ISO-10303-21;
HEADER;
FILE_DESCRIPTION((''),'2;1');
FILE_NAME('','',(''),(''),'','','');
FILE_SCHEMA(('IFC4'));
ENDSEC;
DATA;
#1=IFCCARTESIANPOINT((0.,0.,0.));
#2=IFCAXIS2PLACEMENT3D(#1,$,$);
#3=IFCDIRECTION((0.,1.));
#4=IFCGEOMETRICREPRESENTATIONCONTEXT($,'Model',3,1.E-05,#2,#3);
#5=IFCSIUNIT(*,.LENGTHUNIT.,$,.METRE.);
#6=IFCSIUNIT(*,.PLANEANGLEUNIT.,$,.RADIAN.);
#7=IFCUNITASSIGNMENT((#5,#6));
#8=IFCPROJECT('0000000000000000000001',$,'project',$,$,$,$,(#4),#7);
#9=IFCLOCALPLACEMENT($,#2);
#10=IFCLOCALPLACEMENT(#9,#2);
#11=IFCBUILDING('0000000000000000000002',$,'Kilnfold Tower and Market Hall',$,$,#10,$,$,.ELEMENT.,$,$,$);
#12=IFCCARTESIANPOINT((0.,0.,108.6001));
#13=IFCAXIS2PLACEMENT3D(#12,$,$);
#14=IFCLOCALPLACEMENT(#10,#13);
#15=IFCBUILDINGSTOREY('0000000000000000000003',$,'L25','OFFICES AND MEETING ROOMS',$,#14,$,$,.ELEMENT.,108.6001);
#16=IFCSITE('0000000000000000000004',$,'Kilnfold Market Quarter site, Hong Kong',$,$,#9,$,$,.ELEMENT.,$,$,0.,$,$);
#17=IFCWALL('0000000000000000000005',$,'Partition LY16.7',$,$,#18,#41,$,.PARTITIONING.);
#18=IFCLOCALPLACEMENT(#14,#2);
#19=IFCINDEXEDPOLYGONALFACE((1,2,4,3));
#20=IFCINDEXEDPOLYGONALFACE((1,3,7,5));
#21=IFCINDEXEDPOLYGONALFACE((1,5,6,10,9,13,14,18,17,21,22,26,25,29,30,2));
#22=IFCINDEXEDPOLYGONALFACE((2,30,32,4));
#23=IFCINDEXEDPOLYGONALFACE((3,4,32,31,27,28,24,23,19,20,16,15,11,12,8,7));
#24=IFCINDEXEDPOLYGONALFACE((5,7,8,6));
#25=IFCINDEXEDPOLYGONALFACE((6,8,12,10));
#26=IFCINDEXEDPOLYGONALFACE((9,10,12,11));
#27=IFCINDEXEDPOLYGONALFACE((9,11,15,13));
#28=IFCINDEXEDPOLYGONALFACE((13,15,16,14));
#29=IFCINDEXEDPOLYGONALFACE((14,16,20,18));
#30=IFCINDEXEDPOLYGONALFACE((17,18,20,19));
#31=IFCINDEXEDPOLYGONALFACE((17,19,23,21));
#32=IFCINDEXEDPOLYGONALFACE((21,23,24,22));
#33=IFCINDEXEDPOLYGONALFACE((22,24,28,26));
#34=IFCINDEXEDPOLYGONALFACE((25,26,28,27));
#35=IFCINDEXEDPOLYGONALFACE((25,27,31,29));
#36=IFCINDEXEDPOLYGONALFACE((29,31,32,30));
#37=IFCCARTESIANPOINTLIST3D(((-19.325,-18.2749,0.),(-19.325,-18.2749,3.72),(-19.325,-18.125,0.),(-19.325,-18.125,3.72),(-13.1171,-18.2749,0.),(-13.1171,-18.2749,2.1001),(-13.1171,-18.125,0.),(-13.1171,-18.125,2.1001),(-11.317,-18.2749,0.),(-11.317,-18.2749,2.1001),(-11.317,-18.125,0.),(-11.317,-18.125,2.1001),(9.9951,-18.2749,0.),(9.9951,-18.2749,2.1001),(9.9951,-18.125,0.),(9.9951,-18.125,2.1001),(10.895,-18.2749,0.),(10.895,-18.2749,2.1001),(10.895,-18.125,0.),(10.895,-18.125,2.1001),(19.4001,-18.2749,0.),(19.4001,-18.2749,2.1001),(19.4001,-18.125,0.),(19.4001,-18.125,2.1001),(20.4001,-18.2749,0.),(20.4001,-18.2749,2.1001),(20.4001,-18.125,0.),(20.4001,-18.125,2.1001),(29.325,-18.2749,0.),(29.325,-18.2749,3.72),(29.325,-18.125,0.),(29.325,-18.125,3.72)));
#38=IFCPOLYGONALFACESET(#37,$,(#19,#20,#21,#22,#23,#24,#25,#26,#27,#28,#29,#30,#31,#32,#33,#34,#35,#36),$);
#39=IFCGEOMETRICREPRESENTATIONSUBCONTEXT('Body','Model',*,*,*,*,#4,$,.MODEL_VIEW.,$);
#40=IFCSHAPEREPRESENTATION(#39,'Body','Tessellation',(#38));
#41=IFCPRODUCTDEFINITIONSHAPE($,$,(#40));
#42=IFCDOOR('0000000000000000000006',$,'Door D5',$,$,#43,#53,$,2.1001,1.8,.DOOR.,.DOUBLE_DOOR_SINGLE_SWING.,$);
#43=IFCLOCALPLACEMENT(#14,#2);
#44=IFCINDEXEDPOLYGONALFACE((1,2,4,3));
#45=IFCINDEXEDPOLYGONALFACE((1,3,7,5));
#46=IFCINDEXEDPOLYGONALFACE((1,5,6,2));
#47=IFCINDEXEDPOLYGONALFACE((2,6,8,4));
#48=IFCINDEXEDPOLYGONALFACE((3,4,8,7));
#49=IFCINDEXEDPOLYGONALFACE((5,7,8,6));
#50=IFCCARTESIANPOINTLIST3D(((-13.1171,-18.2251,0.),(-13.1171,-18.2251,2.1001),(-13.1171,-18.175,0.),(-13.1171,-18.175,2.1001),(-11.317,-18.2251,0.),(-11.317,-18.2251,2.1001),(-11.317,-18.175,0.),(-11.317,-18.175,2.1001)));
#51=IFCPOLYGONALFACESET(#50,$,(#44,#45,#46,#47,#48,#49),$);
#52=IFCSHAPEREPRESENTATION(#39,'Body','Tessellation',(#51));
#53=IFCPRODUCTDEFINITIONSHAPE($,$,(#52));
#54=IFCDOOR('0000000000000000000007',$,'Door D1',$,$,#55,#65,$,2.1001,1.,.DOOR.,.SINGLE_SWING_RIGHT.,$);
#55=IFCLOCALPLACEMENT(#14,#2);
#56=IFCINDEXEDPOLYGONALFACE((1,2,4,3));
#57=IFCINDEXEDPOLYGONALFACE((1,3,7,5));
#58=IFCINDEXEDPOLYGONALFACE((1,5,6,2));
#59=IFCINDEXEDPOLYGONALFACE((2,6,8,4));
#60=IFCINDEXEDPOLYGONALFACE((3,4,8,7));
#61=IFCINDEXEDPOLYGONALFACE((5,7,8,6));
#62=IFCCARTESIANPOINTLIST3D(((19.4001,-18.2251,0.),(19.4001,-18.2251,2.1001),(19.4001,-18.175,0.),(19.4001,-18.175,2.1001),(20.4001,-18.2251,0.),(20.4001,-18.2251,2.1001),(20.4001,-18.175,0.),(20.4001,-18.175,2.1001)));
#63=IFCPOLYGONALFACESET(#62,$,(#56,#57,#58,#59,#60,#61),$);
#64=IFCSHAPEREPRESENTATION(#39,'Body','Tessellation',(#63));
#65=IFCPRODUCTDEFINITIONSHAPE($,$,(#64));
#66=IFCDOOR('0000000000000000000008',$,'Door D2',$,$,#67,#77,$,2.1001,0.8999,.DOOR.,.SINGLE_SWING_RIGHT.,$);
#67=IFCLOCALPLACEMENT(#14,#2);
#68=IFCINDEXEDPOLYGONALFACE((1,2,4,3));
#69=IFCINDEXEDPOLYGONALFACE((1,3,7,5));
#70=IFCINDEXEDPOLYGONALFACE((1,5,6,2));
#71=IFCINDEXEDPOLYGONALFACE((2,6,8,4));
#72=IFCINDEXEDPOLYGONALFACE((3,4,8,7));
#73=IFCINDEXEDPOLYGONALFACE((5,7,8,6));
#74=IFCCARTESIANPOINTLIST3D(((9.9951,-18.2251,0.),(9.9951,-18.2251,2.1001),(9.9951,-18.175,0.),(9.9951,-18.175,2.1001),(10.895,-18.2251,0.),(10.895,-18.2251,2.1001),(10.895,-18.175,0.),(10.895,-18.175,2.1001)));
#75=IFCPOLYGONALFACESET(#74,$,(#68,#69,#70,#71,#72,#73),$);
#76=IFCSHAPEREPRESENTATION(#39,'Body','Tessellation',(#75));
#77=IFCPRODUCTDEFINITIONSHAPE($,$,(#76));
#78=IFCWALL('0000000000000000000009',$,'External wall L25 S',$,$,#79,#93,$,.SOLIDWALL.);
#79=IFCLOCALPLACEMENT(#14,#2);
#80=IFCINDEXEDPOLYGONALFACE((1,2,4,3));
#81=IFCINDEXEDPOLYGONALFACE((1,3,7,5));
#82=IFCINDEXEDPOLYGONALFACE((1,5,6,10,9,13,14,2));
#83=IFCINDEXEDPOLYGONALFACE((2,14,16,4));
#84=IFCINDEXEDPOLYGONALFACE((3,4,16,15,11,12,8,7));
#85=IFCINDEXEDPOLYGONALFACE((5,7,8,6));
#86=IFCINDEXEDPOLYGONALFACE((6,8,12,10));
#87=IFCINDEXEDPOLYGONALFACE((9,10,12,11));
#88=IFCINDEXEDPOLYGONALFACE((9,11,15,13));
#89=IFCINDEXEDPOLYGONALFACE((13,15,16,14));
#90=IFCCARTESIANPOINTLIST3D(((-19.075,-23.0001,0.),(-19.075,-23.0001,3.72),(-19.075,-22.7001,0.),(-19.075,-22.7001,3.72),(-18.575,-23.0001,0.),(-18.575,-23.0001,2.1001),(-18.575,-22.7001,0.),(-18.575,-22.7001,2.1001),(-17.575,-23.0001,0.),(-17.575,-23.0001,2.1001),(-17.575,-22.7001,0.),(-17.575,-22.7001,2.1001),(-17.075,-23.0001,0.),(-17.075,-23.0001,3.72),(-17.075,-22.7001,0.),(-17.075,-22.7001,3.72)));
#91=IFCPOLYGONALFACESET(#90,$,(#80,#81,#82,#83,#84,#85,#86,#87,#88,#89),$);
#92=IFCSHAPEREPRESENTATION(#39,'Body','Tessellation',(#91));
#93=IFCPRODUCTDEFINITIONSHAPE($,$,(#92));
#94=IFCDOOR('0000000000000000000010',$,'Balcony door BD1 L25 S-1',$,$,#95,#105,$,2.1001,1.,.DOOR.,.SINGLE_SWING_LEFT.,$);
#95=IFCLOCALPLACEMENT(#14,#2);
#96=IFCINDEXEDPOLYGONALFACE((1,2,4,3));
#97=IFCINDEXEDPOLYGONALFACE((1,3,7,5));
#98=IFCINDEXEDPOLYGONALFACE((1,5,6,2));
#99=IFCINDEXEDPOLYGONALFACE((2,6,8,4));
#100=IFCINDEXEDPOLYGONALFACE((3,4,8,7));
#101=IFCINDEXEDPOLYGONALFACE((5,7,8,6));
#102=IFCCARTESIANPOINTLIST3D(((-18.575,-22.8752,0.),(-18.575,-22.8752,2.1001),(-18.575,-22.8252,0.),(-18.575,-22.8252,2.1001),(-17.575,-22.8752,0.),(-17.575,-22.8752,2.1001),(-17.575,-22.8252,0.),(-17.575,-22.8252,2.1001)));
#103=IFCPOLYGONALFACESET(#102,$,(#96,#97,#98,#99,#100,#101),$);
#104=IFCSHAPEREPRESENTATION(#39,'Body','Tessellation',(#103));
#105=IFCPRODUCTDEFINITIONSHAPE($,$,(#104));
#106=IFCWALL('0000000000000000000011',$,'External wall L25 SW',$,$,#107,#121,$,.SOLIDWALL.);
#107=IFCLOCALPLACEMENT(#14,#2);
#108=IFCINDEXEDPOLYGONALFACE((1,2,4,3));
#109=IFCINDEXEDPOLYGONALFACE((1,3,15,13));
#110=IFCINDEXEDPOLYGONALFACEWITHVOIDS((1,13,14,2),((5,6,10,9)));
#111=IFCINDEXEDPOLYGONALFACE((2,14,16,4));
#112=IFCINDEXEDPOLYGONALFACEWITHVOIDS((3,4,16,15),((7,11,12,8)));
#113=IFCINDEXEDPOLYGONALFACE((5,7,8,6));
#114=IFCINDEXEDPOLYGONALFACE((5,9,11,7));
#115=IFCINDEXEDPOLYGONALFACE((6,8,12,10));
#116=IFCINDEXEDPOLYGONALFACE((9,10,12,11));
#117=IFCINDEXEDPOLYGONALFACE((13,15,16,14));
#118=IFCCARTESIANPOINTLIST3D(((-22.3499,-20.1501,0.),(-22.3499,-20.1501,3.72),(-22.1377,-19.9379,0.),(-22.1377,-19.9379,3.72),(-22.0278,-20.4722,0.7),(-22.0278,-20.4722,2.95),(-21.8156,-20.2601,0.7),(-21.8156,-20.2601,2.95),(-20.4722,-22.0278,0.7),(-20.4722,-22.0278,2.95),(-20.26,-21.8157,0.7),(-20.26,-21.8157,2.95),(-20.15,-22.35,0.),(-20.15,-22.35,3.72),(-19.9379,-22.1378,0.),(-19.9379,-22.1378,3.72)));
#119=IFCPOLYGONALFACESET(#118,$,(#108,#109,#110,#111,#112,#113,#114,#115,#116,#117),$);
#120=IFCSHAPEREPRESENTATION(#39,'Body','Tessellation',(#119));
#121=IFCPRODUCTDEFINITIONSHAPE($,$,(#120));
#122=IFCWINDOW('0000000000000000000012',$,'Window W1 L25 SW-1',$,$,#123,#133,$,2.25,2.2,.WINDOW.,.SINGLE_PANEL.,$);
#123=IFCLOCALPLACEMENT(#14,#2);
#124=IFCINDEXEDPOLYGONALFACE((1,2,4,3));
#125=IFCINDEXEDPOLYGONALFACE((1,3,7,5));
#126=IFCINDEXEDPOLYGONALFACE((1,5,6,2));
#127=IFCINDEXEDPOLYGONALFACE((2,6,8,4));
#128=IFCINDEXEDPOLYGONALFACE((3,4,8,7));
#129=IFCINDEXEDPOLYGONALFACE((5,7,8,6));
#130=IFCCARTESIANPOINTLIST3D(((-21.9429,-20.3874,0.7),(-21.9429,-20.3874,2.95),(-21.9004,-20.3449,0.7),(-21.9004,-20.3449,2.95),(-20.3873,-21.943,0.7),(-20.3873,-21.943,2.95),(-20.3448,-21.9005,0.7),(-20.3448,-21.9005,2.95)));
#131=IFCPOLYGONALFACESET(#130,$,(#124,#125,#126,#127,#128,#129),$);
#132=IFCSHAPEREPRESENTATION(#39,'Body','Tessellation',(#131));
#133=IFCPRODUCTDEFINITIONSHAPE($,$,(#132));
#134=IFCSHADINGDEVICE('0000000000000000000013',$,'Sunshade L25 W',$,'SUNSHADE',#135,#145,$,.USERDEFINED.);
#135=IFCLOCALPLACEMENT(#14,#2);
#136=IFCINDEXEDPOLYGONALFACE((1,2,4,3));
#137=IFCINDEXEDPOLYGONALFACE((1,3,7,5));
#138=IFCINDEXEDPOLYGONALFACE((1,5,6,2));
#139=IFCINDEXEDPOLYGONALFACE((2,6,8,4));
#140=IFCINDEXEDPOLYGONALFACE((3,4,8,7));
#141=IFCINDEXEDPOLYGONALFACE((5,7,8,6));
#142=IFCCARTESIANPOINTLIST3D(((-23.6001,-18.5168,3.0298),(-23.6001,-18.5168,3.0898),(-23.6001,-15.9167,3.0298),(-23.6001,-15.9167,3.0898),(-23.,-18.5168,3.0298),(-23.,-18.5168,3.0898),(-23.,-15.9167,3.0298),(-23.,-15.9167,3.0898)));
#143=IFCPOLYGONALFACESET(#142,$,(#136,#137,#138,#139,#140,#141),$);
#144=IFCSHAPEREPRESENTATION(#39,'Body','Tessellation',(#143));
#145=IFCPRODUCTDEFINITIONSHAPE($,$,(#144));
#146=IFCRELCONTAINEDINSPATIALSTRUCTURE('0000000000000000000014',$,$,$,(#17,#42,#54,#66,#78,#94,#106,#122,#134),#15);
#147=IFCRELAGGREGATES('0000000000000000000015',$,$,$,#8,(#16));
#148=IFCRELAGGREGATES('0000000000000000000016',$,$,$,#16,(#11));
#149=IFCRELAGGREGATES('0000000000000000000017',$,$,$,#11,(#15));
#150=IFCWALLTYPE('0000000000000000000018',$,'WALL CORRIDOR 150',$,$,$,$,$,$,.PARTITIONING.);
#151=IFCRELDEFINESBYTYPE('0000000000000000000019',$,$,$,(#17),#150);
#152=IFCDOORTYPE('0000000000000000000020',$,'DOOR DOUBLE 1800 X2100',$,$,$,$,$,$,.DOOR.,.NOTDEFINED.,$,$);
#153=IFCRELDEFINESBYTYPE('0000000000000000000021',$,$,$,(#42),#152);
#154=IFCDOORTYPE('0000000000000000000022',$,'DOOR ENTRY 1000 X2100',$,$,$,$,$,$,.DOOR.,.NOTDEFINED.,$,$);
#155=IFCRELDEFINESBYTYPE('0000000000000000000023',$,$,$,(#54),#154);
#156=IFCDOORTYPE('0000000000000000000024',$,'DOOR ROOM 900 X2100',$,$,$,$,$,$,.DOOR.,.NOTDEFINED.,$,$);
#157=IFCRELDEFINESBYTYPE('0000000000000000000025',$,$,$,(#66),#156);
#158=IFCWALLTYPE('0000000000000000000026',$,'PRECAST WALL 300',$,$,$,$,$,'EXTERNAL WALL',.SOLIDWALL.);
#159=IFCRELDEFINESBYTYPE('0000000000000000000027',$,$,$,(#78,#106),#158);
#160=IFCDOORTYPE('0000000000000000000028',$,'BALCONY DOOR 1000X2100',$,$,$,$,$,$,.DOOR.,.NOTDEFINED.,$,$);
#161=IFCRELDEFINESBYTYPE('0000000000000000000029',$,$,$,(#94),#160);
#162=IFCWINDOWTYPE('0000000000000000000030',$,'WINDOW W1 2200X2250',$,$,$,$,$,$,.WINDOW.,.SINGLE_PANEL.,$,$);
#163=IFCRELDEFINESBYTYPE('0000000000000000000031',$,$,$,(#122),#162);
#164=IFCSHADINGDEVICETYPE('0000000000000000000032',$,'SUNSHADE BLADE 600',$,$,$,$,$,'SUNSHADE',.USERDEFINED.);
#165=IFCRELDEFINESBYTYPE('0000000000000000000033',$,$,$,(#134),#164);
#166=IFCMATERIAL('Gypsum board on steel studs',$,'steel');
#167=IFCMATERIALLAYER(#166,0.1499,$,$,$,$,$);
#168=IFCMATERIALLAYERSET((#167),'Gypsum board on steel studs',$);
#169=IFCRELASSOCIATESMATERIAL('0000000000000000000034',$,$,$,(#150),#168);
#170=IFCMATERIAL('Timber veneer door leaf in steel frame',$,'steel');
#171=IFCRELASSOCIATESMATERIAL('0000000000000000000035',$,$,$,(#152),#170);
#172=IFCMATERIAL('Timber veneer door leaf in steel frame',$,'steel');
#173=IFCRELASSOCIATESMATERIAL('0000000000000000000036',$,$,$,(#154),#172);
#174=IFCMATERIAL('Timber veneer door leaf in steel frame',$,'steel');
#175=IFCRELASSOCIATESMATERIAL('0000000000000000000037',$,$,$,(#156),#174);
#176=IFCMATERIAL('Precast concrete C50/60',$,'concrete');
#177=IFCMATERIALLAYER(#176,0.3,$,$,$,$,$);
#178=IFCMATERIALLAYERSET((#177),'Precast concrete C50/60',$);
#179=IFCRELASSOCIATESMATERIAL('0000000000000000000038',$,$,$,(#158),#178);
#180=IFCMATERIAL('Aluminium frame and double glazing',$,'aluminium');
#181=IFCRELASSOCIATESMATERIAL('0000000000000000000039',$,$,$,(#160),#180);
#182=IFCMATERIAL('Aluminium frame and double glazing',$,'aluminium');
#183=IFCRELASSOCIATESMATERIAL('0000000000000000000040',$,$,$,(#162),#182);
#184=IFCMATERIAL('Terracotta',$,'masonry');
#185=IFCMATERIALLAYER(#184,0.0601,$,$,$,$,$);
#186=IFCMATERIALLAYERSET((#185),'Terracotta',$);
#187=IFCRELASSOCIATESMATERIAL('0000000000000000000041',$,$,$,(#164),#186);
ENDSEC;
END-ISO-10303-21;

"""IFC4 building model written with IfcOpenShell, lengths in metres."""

from ifc_helpers import new_model, si_unit, direction, frame, frame_2d, origin, origin_2d, place, context, subcontext, project, spatial, rectangle, extrude, source, transform, mapped, material, layer, layer_set, type_object, element, fill, save


model = new_model("IFC4")

# Units and contexts
model_context = context("Model", 3, precision=1e-05, world=origin(), true_north=direction((0.0, 1.0)))
body_context = subcontext(model_context, "Body", "Model", "MODEL_VIEW")
ifc_project = project(units=[si_unit("LENGTHUNIT", "METRE"), si_unit("PLANEANGLEUNIT", "RADIAN")], contexts=[model_context])

# Site, building, storey
site_placement = place(None, origin())
site = spatial("IfcSite", under=ifc_project, at=site_placement, Name="Kilnfold Market Quarter site, Hong Kong", CompositionType="ELEMENT", RefElevation=0.0)
building_placement = place(site_placement, origin())
building = spatial("IfcBuilding", under=site, at=building_placement, Name="Kilnfold Tower and Market Hall", CompositionType="ELEMENT")
storey_placement = place(building_placement, frame((0.0, 0.0, 108.6001)))
storey = spatial("IfcBuildingStorey", under=building, at=storey_placement, Name="L25", Description="OFFICES AND MEETING ROOMS", CompositionType="ELEMENT", Elevation=108.6001)

# Wall, openings, doors
ifc_material_1 = material(Name="Gypsum board on steel studs", Category="steel")
ifc_layer_1 = layer(ifc_material_1, 0.1499)
ifc_layer_set_1 = layer_set([ifc_layer_1], Name="Gypsum board on steel studs")
wall_type_1 = type_object("IfcWallType", Name="WALL CORRIDOR 150", PredefinedType="PARTITIONING", material=ifc_layer_set_1)
wall_1_placement = place(storey_placement, frame((-19.325, -18.2, 0.0), z_axis=(0.0, 0.0, 1.0), x_axis=(1.0, 0.0, 0.0)))
wall_1 = element("IfcWall", 1, at=wall_1_placement, inside=storey, type_object=wall_type_1, Name="Partition LY16.7", PredefinedType="PARTITIONING", context=body_context, shape_type="SweptSolid", body=[
    extrude(rectangle(XDim=48.6499, YDim=0.1499, at=frame_2d((24.325, 0.0))), origin(), (0.0, 0.0, 1.0), 3.72),
])
opening_1_placement = place(wall_1_placement, frame((6.208, 0.0, 0.0)))
opening_1 = element("IfcOpeningElement", 2, at=opening_1_placement, cuts=wall_1, PredefinedType="OPENING", context=body_context, shape_type="SweptSolid", body=[
    extrude(rectangle(XDim=1.8, YDim=2.1001, at=frame_2d((0.8999, 1.05))), frame((0.0, 0.085, 0.0), z_axis=(0.0, -1.0, 0.0), x_axis=(1.0, 0.0, 0.0)), (0.0, 0.0, 1.0), 0.1699),
])
opening_2_placement = place(wall_1_placement, frame((29.3201, 0.0, 0.0)))
opening_2 = element("IfcOpeningElement", 3, at=opening_2_placement, cuts=wall_1, PredefinedType="OPENING", context=body_context, shape_type="SweptSolid", body=[
    extrude(rectangle(XDim=0.8999, YDim=2.1001, at=frame_2d((0.45, 1.05))), frame((0.0, 0.085, 0.0), z_axis=(0.0, -1.0, 0.0), x_axis=(1.0, 0.0, 0.0)), (0.0, 0.0, 1.0), 0.1699),
])
opening_3_placement = place(wall_1_placement, frame((38.7251, 0.0, 0.0)))
opening_3 = element("IfcOpeningElement", 4, at=opening_3_placement, cuts=wall_1, PredefinedType="OPENING", context=body_context, shape_type="SweptSolid", body=[
    extrude(rectangle(XDim=1.0, YDim=2.1001, at=frame_2d((0.5, 1.05))), frame((0.0, 0.085, 0.0), z_axis=(0.0, -1.0, 0.0), x_axis=(1.0, 0.0, 0.0)), (0.0, 0.0, 1.0), 0.1699),
])
ifc_material_2 = material(Name="Timber veneer door leaf in steel frame", Category="steel")
door_type_1 = type_object("IfcDoorType", Name="DOOR DOUBLE 1800 X2100", OperationType="NOTDEFINED", PredefinedType="DOOR", material=ifc_material_2)
door_1_placement = place(opening_1_placement, origin())
door_1 = element("IfcDoor", 5, at=door_1_placement, inside=storey, type_object=door_type_1, Name="Door D5", OperationType="DOUBLE_DOOR_SINGLE_SWING", OverallHeight=2.1001, OverallWidth=1.8, PredefinedType="DOOR", context=body_context, shape_type="SweptSolid", body=[
    extrude(rectangle(XDim=1.8, YDim=2.1001, at=frame_2d((0.8999, 1.05))), frame((0.0, 0.0249, 0.0), z_axis=(0.0, -1.0, 0.0), x_axis=(1.0, 0.0, 0.0)), (0.0, 0.0, 1.0), 0.05),
])
fill(opening_1, door_1)
ifc_material_3 = material(Name="Timber veneer door leaf in steel frame", Category="steel")
door_type_2 = type_object("IfcDoorType", Name="DOOR ENTRY 1000 X2100", OperationType="NOTDEFINED", PredefinedType="DOOR", material=ifc_material_3)
door_2_placement = place(opening_3_placement, origin())
door_2 = element("IfcDoor", 6, at=door_2_placement, inside=storey, type_object=door_type_2, Name="Door D1", OperationType="SINGLE_SWING_RIGHT", OverallHeight=2.1001, OverallWidth=1.0, PredefinedType="DOOR", context=body_context, shape_type="SweptSolid", body=[
    extrude(rectangle(XDim=1.0, YDim=2.1001, at=frame_2d((0.5, 1.05))), frame((0.0, 0.0249, 0.0), z_axis=(0.0, -1.0, 0.0), x_axis=(1.0, 0.0, 0.0)), (0.0, 0.0, 1.0), 0.05),
])
fill(opening_3, door_2)
ifc_material_4 = material(Name="Timber veneer door leaf in steel frame", Category="steel")
door_type_3 = type_object("IfcDoorType", Name="DOOR ROOM 900 X2100", OperationType="NOTDEFINED", PredefinedType="DOOR", material=ifc_material_4)
door_3_placement = place(opening_2_placement, origin())
door_3 = element("IfcDoor", 7, at=door_3_placement, inside=storey, type_object=door_type_3, Name="Door D2", OperationType="SINGLE_SWING_RIGHT", OverallHeight=2.1001, OverallWidth=0.8999, PredefinedType="DOOR", context=body_context, shape_type="SweptSolid", body=[
    extrude(rectangle(XDim=0.8999, YDim=2.1001, at=frame_2d((0.45, 1.05))), frame((0.0, 0.0249, 0.0), z_axis=(0.0, -1.0, 0.0), x_axis=(1.0, 0.0, 0.0)), (0.0, 0.0, 1.0), 0.05),
])
fill(opening_2, door_3)

# Wall, opening, door
ifc_material_5 = material(Name="Precast concrete C50/60", Category="concrete")
ifc_layer_2 = layer(ifc_material_5, 0.3)
ifc_layer_set_2 = layer_set([ifc_layer_2], Name="Precast concrete C50/60")
wall_type_2 = type_object("IfcWallType", Name="PRECAST WALL 300", ElementType="EXTERNAL WALL", PredefinedType="SOLIDWALL", material=ifc_layer_set_2)
shared_shape_1 = source(origin(), body_context, "Body", "SweptSolid", [
    extrude(rectangle(XDim=2.0, YDim=0.3, at=frame_2d((1.0, 0.0))), origin(), (0.0, 0.0, 1.0), 3.72),
])
wall_2_placement = place(storey_placement, frame((-19.075, -22.8501, 0.0), z_axis=(0.0, 0.0, 1.0), x_axis=(1.0, 0.0, 0.0)))
wall_2 = element("IfcWall", 8, at=wall_2_placement, inside=storey, type_object=wall_type_2, Name="External wall L25 S", PredefinedType="SOLIDWALL", context=body_context, shape_type="MappedRepresentation", body=[
    mapped(shared_shape_1, transform((0.0, 0.0, 0.0))),
])
opening_4_placement = place(wall_2_placement, frame((0.5, 0.0, 0.0)))
opening_4 = element("IfcOpeningElement", 9, at=opening_4_placement, cuts=wall_2, PredefinedType="OPENING", context=body_context, shape_type="SweptSolid", body=[
    extrude(rectangle(XDim=1.0, YDim=2.1001, at=frame_2d((0.5, 1.05))), frame((0.0, 0.1602, 0.0), z_axis=(0.0, -1.0, 0.0), x_axis=(1.0, 0.0, 0.0)), (0.0, 0.0, 1.0), 0.3201),
])
ifc_material_6 = material(Name="Aluminium frame and double glazing", Category="aluminium")
door_type_4 = type_object("IfcDoorType", Name="BALCONY DOOR 1000X2100", OperationType="NOTDEFINED", PredefinedType="DOOR", material=ifc_material_6)
door_4_placement = place(opening_4_placement, origin())
door_4 = element("IfcDoor", 10, at=door_4_placement, inside=storey, type_object=door_type_4, Name="Balcony door BD1 L25 S-1", OperationType="SINGLE_SWING_LEFT", OverallHeight=2.1001, OverallWidth=1.0, PredefinedType="DOOR", context=body_context, shape_type="SweptSolid", body=[
    extrude(rectangle(XDim=1.0, YDim=2.1001, at=frame_2d((0.5, 1.05))), frame((0.0, 0.0249, 0.0), z_axis=(0.0, -1.0, 0.0), x_axis=(1.0, 0.0, 0.0)), (0.0, 0.0, 1.0), 0.05),
])
fill(opening_4, door_4)

# Wall, opening, window
shared_shape_2 = source(origin(), body_context, "Body", "SweptSolid", [
    extrude(rectangle(XDim=3.1111, YDim=0.3, at=frame_2d((1.5557, 0.0))), origin(), (0.0, 0.0, 1.0), 3.72),
])
wall_3_placement = place(storey_placement, frame((-22.2439, -20.0439, 0.0), z_axis=(0.0, 0.0, 1.0), x_axis=(0.707107, -0.707107, 0.0)))
wall_3 = element("IfcWall", 11, at=wall_3_placement, inside=storey, type_object=wall_type_2, Name="External wall L25 SW", PredefinedType="SOLIDWALL", context=body_context, shape_type="MappedRepresentation", body=[
    mapped(shared_shape_2, transform((0.0, 0.0, 0.0))),
])
opening_5_placement = place(wall_3_placement, frame((0.4556, 0.0, 0.7)))
opening_5 = element("IfcOpeningElement", 12, at=opening_5_placement, cuts=wall_3, PredefinedType="OPENING", context=body_context, shape_type="SweptSolid", body=[
    extrude(rectangle(XDim=2.2, YDim=2.25, at=frame_2d((1.1001, 1.125))), frame((0.0, 0.1602, 0.0), z_axis=(0.0, -1.0, 0.0), x_axis=(1.0, 0.0, 0.0)), (0.0, 0.0, 1.0), 0.3201),
])
ifc_material_7 = material(Name="Aluminium frame and double glazing", Category="aluminium")
window_type = type_object("IfcWindowType", Name="WINDOW W1 2200X2250", PartitioningType="SINGLE_PANEL", PredefinedType="WINDOW", material=ifc_material_7)
window_placement = place(opening_5_placement, origin())
window = element("IfcWindow", 13, at=window_placement, inside=storey, type_object=window_type, Name="Window W1 L25 SW-1", OverallHeight=2.25, OverallWidth=2.2, PartitioningType="SINGLE_PANEL", PredefinedType="WINDOW", context=body_context, shape_type="SweptSolid", body=[
    extrude(rectangle(XDim=2.2, YDim=2.25, at=frame_2d((1.1001, 1.125))), frame((0.0, 0.03, 0.0), z_axis=(0.0, -1.0, 0.0), x_axis=(1.0, 0.0, 0.0)), (0.0, 0.0, 1.0), 0.0601),
])
fill(opening_5, window)

# Shading device
ifc_material_8 = material(Name="Terracotta", Category="masonry")
ifc_layer_3 = layer(ifc_material_8, 0.0601)
ifc_layer_set_3 = layer_set([ifc_layer_3], Name="Terracotta")
shading_device_type_1 = type_object("IfcShadingDeviceType", Name="SUNSHADE BLADE 600", ElementType="SUNSHADE", PredefinedType="USERDEFINED", material=ifc_layer_set_3)
shared_shape_3 = source(origin(), body_context, "Body", "SweptSolid", [
    extrude(rectangle(XDim=2.6001, YDim=0.6001, at=origin_2d()), origin(), (0.0, 0.0, 1.0), 0.0601),
])
shading_device_1_placement = place(storey_placement, frame((-23.3, -17.2168, 3.0298), z_axis=(0.0, 0.0, 1.0), x_axis=(0.0, -1.0, 0.0)))
element("IfcShadingDevice", 14, at=shading_device_1_placement, inside=storey, type_object=shading_device_type_1, Name="Sunshade L25 W", ObjectType="SUNSHADE", PredefinedType="USERDEFINED", context=body_context, shape_type="MappedRepresentation", body=[
    mapped(shared_shape_3, transform((0.0, 0.0, 0.0))),
])

save(model, "model.ifc")
